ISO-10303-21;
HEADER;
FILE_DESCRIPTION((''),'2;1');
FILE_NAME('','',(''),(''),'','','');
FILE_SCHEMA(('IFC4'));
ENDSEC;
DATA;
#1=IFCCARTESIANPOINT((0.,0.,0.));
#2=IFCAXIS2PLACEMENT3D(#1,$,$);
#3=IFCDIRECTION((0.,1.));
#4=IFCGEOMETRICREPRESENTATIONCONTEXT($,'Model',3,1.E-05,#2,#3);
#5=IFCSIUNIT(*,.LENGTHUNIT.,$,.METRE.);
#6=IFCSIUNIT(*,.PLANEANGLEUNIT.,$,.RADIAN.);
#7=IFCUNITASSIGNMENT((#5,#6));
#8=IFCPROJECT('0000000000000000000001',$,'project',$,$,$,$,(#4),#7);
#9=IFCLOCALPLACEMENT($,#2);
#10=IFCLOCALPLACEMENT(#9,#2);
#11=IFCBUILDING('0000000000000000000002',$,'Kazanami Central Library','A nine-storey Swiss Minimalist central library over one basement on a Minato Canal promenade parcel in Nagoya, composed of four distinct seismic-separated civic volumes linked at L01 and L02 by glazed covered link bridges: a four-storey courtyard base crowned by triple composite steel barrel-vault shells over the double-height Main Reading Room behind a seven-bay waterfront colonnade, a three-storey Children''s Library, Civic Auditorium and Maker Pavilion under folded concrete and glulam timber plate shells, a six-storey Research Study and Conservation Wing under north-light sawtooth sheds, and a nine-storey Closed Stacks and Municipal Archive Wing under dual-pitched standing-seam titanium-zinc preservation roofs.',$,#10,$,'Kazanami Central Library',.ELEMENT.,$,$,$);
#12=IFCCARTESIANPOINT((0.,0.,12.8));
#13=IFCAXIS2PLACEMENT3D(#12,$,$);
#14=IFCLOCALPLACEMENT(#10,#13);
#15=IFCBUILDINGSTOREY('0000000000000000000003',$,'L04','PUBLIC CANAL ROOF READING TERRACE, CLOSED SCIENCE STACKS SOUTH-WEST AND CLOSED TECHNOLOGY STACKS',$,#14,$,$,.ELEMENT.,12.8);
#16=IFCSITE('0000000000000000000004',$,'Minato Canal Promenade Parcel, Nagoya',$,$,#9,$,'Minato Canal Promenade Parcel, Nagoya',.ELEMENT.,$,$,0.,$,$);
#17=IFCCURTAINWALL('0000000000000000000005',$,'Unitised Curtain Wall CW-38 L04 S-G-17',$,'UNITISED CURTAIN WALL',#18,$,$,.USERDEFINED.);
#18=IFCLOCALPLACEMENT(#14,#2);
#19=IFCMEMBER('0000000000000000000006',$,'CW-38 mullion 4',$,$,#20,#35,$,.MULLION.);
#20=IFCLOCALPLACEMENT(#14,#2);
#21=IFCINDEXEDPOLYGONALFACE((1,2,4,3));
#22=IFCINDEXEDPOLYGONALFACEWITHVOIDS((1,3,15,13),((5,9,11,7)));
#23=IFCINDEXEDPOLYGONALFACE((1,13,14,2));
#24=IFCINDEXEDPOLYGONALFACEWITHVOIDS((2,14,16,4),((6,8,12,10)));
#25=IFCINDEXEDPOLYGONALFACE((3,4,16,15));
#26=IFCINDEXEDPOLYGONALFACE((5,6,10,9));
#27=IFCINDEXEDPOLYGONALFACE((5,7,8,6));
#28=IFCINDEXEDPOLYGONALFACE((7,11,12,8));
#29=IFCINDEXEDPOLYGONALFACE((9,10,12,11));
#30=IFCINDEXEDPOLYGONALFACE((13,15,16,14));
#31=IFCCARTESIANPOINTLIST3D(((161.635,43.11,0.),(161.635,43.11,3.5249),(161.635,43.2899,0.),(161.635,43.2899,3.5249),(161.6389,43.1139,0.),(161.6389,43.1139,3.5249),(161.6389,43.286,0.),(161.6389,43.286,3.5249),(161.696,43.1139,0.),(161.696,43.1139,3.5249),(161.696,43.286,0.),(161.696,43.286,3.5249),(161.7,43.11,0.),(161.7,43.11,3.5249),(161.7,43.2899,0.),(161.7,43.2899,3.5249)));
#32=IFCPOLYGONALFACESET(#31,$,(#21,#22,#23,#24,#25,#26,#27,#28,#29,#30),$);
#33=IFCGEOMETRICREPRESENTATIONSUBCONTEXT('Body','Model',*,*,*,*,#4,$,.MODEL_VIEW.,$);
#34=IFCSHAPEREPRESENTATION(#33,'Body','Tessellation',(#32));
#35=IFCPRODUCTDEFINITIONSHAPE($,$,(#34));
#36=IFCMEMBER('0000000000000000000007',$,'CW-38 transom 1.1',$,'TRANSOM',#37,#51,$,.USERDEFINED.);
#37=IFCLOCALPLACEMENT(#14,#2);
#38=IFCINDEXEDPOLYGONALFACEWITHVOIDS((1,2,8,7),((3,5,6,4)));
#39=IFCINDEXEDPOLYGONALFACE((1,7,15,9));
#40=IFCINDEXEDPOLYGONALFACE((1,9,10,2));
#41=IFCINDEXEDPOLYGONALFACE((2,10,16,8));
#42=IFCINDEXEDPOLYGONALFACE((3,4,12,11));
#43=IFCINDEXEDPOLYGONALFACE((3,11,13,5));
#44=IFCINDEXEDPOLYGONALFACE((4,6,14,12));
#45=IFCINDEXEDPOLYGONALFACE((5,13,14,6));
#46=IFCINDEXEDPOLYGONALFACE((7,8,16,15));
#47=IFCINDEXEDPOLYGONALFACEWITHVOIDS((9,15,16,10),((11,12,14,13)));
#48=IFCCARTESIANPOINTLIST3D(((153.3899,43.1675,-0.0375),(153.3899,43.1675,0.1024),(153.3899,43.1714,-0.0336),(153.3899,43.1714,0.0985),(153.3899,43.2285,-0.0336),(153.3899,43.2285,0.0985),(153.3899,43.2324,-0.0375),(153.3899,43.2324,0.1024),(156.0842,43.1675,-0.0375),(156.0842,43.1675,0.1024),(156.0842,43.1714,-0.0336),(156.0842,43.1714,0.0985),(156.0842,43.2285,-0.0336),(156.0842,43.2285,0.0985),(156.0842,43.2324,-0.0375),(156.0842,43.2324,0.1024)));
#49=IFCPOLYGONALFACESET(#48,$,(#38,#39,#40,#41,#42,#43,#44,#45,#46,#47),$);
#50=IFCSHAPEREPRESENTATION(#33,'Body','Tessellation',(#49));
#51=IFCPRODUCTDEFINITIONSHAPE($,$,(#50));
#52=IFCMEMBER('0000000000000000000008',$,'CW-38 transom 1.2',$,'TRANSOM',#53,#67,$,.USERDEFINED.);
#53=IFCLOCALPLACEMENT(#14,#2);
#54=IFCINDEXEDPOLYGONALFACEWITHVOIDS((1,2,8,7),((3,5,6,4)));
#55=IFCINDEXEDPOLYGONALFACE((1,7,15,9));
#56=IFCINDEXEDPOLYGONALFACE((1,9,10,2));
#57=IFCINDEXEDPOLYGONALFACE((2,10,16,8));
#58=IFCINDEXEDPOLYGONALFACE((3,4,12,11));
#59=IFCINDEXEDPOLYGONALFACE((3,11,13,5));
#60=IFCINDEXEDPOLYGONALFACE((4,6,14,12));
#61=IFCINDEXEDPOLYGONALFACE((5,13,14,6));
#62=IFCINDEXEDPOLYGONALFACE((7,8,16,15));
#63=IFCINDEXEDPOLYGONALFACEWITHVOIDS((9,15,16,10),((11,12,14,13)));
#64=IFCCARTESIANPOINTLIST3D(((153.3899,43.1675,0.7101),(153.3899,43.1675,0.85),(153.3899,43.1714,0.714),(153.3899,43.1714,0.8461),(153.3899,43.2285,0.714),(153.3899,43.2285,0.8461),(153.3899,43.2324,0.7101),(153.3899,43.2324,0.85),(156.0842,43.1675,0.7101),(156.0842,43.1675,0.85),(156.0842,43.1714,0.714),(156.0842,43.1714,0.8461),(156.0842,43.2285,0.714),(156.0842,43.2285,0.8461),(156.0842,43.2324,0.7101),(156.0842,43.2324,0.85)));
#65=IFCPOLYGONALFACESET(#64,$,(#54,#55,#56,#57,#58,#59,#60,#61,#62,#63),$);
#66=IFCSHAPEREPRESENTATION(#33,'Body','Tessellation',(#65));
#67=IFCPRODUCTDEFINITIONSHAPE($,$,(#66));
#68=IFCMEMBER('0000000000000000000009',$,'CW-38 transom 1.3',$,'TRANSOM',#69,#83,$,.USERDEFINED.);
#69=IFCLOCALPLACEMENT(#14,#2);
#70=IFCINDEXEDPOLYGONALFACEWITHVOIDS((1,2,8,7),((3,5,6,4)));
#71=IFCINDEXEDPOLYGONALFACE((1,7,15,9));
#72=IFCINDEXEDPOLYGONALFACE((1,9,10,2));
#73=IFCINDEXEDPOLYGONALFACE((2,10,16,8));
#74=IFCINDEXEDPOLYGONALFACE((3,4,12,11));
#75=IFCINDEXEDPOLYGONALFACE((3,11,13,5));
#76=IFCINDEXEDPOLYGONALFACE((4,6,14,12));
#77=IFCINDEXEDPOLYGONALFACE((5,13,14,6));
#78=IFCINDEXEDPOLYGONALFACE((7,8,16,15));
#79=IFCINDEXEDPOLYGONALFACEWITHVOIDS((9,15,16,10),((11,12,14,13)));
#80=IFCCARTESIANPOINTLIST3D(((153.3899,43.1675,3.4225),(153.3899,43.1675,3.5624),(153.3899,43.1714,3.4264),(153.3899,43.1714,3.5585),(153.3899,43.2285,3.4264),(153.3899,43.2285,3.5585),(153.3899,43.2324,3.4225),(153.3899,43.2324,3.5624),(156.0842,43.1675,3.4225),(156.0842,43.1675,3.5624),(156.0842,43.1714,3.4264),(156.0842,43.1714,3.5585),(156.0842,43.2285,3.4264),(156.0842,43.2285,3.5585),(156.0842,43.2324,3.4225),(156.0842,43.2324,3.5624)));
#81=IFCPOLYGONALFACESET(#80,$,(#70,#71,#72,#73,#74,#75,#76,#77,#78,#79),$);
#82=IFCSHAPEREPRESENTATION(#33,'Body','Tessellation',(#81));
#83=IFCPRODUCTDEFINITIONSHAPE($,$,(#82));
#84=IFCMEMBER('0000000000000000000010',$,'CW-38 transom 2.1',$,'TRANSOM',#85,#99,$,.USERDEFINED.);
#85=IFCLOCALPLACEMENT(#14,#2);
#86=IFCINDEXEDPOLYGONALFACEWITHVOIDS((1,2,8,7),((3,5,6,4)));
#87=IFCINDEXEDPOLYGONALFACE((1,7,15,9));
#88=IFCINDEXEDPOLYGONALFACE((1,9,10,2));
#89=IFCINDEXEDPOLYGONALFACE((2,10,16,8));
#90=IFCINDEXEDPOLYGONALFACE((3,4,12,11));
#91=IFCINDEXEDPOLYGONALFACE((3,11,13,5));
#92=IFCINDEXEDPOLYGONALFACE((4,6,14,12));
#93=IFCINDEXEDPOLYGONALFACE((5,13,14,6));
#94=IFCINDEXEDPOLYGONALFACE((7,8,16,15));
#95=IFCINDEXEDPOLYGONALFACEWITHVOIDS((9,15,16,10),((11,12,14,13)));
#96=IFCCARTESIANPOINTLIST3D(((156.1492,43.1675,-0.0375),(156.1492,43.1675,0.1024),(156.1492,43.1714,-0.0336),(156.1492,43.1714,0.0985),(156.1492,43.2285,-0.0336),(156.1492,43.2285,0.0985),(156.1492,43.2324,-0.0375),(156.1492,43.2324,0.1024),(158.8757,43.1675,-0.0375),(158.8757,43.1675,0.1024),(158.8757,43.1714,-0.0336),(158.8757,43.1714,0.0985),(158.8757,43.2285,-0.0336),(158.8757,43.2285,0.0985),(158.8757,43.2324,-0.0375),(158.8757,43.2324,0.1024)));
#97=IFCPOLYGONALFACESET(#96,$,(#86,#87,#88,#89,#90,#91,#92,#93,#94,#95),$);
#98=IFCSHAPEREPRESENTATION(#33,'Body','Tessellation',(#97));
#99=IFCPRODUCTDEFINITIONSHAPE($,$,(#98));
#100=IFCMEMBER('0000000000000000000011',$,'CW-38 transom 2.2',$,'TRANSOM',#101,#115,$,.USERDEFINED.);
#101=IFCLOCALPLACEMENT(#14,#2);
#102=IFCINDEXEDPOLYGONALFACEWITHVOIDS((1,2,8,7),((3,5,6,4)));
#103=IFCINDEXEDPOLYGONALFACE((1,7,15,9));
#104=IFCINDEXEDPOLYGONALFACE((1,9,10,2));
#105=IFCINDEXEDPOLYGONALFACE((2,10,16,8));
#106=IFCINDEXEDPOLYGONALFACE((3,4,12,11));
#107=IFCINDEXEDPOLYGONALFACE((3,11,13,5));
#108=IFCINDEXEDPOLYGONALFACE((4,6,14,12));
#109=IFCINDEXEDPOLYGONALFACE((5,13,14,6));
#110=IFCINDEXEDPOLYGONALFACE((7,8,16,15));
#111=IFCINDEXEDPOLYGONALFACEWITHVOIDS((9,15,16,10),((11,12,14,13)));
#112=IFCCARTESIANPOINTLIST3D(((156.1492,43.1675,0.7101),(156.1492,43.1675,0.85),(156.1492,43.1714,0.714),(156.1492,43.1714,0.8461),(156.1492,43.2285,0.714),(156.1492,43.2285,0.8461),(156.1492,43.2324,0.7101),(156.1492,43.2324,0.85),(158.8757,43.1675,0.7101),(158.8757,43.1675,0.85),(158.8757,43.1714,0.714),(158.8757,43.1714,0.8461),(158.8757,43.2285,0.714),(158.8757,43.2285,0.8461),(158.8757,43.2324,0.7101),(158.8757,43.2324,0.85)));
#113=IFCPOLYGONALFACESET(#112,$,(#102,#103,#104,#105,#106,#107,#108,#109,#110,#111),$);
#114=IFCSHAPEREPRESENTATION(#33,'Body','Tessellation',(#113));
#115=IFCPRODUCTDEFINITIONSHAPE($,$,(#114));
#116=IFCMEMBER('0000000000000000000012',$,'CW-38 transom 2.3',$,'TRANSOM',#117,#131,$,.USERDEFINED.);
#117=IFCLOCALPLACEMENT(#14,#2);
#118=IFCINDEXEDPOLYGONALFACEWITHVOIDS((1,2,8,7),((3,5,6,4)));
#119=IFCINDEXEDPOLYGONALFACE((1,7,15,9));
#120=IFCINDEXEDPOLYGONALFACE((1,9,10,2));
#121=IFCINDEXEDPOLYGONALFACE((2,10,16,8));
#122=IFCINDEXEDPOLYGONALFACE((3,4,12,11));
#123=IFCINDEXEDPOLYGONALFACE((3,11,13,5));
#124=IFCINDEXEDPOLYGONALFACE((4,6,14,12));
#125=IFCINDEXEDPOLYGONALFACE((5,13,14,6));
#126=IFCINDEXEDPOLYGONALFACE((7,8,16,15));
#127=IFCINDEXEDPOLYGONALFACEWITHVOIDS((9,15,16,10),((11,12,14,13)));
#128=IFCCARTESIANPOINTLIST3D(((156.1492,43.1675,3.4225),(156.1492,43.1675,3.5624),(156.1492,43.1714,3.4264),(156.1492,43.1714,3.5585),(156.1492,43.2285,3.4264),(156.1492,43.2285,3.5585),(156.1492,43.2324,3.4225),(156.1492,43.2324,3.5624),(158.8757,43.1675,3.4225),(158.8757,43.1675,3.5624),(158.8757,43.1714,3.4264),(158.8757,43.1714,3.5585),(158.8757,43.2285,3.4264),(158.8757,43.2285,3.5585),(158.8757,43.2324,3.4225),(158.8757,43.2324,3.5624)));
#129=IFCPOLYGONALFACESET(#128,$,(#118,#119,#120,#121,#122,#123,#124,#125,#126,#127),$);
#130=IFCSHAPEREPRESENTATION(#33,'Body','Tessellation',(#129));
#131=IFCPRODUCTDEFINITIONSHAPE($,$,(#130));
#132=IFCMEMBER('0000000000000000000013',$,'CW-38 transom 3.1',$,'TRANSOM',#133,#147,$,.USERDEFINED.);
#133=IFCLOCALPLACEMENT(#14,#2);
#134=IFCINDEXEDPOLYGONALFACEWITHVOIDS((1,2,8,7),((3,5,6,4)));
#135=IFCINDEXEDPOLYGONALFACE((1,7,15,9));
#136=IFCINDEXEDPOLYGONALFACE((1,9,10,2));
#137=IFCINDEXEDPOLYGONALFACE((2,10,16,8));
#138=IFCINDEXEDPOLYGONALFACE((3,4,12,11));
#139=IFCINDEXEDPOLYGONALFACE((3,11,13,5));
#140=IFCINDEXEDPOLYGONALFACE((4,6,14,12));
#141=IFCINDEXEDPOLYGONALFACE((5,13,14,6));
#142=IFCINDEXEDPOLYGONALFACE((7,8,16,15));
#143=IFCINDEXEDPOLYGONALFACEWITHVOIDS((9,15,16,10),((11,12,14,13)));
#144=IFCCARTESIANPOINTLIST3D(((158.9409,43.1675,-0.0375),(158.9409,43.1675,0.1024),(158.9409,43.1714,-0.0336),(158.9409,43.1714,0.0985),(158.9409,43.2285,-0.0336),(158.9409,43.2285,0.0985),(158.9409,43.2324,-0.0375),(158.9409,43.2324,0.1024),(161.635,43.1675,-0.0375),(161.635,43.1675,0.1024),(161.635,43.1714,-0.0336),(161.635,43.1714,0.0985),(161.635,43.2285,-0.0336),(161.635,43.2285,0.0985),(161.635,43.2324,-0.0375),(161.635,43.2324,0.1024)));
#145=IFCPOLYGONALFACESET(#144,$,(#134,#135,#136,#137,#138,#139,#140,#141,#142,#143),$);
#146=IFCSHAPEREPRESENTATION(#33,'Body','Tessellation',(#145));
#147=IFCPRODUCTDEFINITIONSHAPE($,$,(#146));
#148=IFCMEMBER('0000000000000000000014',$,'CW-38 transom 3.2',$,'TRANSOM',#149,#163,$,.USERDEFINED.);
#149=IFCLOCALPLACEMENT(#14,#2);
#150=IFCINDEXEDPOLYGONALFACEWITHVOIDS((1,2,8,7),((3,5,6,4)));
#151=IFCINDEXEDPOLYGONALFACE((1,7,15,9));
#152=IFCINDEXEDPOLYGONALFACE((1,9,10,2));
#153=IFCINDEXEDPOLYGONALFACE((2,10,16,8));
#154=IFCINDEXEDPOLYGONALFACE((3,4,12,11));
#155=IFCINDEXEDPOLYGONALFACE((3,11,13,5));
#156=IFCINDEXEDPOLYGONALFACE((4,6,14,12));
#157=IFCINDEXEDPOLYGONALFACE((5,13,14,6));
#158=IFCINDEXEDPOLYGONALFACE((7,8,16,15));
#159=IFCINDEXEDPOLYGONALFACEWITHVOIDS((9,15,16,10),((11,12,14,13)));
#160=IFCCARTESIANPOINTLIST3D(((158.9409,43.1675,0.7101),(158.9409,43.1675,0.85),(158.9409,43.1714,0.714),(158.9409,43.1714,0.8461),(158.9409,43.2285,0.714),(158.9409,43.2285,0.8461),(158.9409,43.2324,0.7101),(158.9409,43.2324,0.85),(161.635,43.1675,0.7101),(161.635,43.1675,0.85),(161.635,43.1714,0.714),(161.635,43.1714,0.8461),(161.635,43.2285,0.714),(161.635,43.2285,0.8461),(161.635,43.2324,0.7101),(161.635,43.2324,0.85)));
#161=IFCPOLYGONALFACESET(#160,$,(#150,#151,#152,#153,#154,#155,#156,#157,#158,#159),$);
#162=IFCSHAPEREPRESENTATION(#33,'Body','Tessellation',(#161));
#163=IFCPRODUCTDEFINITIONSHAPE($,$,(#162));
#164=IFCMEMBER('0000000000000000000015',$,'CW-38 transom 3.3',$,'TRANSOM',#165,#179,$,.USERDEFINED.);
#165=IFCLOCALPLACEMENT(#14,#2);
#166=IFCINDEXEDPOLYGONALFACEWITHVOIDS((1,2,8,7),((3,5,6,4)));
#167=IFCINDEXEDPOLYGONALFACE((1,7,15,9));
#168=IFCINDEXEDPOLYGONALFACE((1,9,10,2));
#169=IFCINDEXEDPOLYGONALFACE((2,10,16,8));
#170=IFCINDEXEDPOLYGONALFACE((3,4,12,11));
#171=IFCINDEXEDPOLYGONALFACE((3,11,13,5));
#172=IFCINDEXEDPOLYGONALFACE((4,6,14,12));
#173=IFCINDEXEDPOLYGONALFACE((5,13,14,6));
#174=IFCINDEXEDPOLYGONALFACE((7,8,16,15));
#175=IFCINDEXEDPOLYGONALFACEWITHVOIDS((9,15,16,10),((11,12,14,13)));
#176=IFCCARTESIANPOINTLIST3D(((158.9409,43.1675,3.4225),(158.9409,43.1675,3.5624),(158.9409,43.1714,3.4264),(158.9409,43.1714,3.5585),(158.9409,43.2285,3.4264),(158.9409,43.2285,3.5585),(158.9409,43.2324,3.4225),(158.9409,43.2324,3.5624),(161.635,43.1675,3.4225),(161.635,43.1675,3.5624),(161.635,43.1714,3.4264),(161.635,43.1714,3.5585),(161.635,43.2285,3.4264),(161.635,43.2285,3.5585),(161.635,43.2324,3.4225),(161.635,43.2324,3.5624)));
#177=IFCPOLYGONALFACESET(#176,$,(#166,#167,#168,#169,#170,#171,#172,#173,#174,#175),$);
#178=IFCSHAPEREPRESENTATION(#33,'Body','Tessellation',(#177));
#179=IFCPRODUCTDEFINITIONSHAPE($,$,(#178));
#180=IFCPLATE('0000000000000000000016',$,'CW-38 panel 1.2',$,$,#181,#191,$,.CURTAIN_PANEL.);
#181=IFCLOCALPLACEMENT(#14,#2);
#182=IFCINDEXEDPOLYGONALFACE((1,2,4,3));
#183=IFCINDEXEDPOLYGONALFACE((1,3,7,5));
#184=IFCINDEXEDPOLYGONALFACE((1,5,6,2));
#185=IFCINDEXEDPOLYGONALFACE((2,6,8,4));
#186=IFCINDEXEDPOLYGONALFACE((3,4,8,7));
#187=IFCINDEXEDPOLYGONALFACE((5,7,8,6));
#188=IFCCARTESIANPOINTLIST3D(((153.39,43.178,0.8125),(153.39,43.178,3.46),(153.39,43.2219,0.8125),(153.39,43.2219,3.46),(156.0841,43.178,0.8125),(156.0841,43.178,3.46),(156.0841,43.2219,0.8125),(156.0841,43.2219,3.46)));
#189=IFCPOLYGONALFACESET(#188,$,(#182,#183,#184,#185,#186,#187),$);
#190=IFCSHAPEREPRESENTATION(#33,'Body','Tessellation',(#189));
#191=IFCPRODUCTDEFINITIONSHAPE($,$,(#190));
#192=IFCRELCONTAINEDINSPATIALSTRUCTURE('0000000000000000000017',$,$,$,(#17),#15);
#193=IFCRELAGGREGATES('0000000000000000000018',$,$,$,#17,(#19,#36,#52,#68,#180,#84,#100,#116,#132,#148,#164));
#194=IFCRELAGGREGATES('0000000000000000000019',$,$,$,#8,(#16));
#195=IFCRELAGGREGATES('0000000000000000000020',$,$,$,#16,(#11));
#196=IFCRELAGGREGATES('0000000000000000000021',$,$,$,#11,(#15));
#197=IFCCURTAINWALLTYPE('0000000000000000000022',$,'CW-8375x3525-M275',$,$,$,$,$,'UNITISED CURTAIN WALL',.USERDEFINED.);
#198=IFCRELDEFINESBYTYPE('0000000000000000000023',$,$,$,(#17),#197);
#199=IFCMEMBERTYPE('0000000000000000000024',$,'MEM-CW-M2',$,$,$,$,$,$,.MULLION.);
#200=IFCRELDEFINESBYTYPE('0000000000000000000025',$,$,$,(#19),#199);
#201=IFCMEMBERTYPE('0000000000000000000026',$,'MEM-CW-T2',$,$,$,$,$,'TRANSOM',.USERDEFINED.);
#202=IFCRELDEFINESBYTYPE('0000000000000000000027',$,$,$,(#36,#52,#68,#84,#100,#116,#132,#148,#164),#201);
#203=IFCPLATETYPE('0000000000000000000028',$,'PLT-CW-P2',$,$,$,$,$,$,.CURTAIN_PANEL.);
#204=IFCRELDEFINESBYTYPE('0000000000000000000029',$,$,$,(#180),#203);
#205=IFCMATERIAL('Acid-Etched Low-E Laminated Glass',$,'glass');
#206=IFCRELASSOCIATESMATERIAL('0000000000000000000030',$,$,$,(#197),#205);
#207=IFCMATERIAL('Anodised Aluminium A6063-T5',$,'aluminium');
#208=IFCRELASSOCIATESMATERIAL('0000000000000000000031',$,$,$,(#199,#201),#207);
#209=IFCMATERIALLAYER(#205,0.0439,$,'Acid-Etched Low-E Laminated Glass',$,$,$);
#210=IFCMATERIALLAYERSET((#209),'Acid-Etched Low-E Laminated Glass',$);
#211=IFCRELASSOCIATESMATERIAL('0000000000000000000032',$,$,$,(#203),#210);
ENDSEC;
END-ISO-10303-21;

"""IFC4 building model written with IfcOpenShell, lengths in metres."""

from ifc_helpers import new_model, si_unit, direction, frame, origin, origin_2d, place, context, subcontext, project, spatial, rectangle, hollow_rectangle, extrude, material, layer, layer_set, material_profile, profile_set, type_object, element, aggregate, save


model = new_model("IFC4")

# Units and contexts
model_context = context("Model", 3, precision=1e-05, world=origin(), true_north=direction((0.0, 1.0)))
body_context = subcontext(model_context, "Body", "Model", "MODEL_VIEW")
ifc_project = project(units=[si_unit("LENGTHUNIT", "METRE"), si_unit("PLANEANGLEUNIT", "RADIAN")], contexts=[model_context])

# Site, building, storey
site_placement = place(None, origin())
site = spatial("IfcSite", under=ifc_project, at=site_placement, Name="Minato Canal Promenade Parcel, Nagoya", LongName="Minato Canal Promenade Parcel, Nagoya", CompositionType="ELEMENT", RefElevation=0.0)
building_placement = place(site_placement, origin())
building = spatial("IfcBuilding", under=site, at=building_placement, Name="Kazanami Central Library", Description="A nine-storey Swiss Minimalist central library over one basement on a Minato Canal promenade parcel in Nagoya, composed of four distinct seismic-separated civic volumes linked at L01 and L02 by glazed covered link bridges: a four-storey courtyard base crowned by triple composite steel barrel-vault shells over the double-height Main Reading Room behind a seven-bay waterfront colonnade, a three-storey Children's Library, Civic Auditorium and Maker Pavilion under folded concrete and glulam timber plate shells, a six-storey Research Study and Conservation Wing under north-light sawtooth sheds, and a nine-storey Closed Stacks and Municipal Archive Wing under dual-pitched standing-seam titanium-zinc preservation roofs.", LongName="Kazanami Central Library", CompositionType="ELEMENT")
storey_placement = place(building_placement, frame((0.0, 0.0, 12.8)))
storey = spatial("IfcBuildingStorey", under=building, at=storey_placement, Name="L04", Description="PUBLIC CANAL ROOF READING TERRACE, CLOSED SCIENCE STACKS SOUTH-WEST AND CLOSED TECHNOLOGY STACKS", CompositionType="ELEMENT", Elevation=12.8)

# Curtain wall, members, plate
ifc_material_1 = material(Name="Acid-Etched Low-E Laminated Glass", Category="glass")
curtain_wall_type = type_object("IfcCurtainWallType", Name="CW-8375x3525-M275", ElementType="UNITISED CURTAIN WALL", PredefinedType="USERDEFINED", material=ifc_material_1)
curtain_wall_placement = place(storey_placement, origin())
curtain_wall = element("IfcCurtainWall", 1, at=curtain_wall_placement, inside=storey, type_object=curtain_wall_type, Name="Unitised Curtain Wall CW-38 L04 S-G-17", ObjectType="UNITISED CURTAIN WALL", PredefinedType="USERDEFINED")
ifc_material_2 = material(Name="Anodised Aluminium A6063-T5", Category="aluminium")
ifc_material_profile_1 = material_profile(ifc_material_2, hollow_rectangle(XDim=0.0649, YDim=0.1799, WallThickness=0.0039, at=origin_2d()), Name="ALU-MULL-65x180x4")
ifc_profile_set_1 = profile_set([ifc_material_profile_1], Name="Anodised Aluminium A6063-T5")
member_type_1 = type_object("IfcMemberType", Name="MEM-CW-M2", PredefinedType="MULLION", material=ifc_profile_set_1)
member_1_placement = place(storey_placement, frame((161.6675, 43.2, 0.0), z_axis=(0.0, 0.0, 1.0), x_axis=(1.0, 0.0, 0.0)))
member_1 = element("IfcMember", 2, at=member_1_placement, type_object=member_type_1, Name="CW-38 mullion 4", PredefinedType="MULLION", context=body_context, shape_type="SweptSolid", body=[
    extrude(hollow_rectangle(XDim=0.0649, YDim=0.1799, WallThickness=0.0039, at=origin_2d()), origin(), (0.0, 0.0, 1.0), 3.5249),
])
ifc_material_profile_2 = material_profile(ifc_material_2, hollow_rectangle(XDim=0.0649, YDim=0.1399, WallThickness=0.0039, at=origin_2d()), Name="ALU-TRAN-65x140x4")
ifc_profile_set_2 = profile_set([ifc_material_profile_2], Name="Anodised Aluminium A6063-T5")
member_type_2 = type_object("IfcMemberType", Name="MEM-CW-T2", ElementType="TRANSOM", PredefinedType="USERDEFINED", material=ifc_profile_set_2)
member_2_placement = place(storey_placement, frame((153.3899, 43.2, 0.0325), z_axis=(1.0, 0.0, 0.0), x_axis=(0.0, 1.0, 0.0)))
member_2 = element("IfcMember", 3, at=member_2_placement, type_object=member_type_2, Name="CW-38 transom 1.1", ObjectType="TRANSOM", PredefinedType="USERDEFINED", context=body_context, shape_type="SweptSolid", body=[
    extrude(hollow_rectangle(XDim=0.0649, YDim=0.1399, WallThickness=0.0039, at=origin_2d()), origin(), (0.0, 0.0, 1.0), 2.6943),
])
member_3_placement = place(storey_placement, frame((153.3899, 43.2, 0.78), z_axis=(1.0, 0.0, 0.0), x_axis=(0.0, 1.0, 0.0)))
member_3 = element("IfcMember", 4, at=member_3_placement, type_object=member_type_2, Name="CW-38 transom 1.2", ObjectType="TRANSOM", PredefinedType="USERDEFINED", context=body_context, shape_type="SweptSolid", body=[
    extrude(hollow_rectangle(XDim=0.0649, YDim=0.1399, WallThickness=0.0039, at=origin_2d()), origin(), (0.0, 0.0, 1.0), 2.6943),
])
member_4_placement = place(storey_placement, frame((153.3899, 43.2, 3.4924), z_axis=(1.0, 0.0, 0.0), x_axis=(0.0, 1.0, 0.0)))
member_4 = element("IfcMember", 5, at=member_4_placement, type_object=member_type_2, Name="CW-38 transom 1.3", ObjectType="TRANSOM", PredefinedType="USERDEFINED", context=body_context, shape_type="SweptSolid", body=[
    extrude(hollow_rectangle(XDim=0.0649, YDim=0.1399, WallThickness=0.0039, at=origin_2d()), origin(), (0.0, 0.0, 1.0), 2.6943),
])
member_5_placement = place(storey_placement, frame((156.1492, 43.2, 0.0325), z_axis=(1.0, 0.0, 0.0), x_axis=(0.0, 1.0, 0.0)))
member_5 = element("IfcMember", 6, at=member_5_placement, type_object=member_type_2, Name="CW-38 transom 2.1", ObjectType="TRANSOM", PredefinedType="USERDEFINED", context=body_context, shape_type="SweptSolid", body=[
    extrude(hollow_rectangle(XDim=0.0649, YDim=0.1399, WallThickness=0.0039, at=origin_2d()), origin(), (0.0, 0.0, 1.0), 2.7266),
])
member_6_placement = place(storey_placement, frame((156.1492, 43.2, 0.78), z_axis=(1.0, 0.0, 0.0), x_axis=(0.0, 1.0, 0.0)))
member_6 = element("IfcMember", 7, at=member_6_placement, type_object=member_type_2, Name="CW-38 transom 2.2", ObjectType="TRANSOM", PredefinedType="USERDEFINED", context=body_context, shape_type="SweptSolid", body=[
    extrude(hollow_rectangle(XDim=0.0649, YDim=0.1399, WallThickness=0.0039, at=origin_2d()), origin(), (0.0, 0.0, 1.0), 2.7266),
])
member_7_placement = place(storey_placement, frame((156.1492, 43.2, 3.4924), z_axis=(1.0, 0.0, 0.0), x_axis=(0.0, 1.0, 0.0)))
member_7 = element("IfcMember", 8, at=member_7_placement, type_object=member_type_2, Name="CW-38 transom 2.3", ObjectType="TRANSOM", PredefinedType="USERDEFINED", context=body_context, shape_type="SweptSolid", body=[
    extrude(hollow_rectangle(XDim=0.0649, YDim=0.1399, WallThickness=0.0039, at=origin_2d()), origin(), (0.0, 0.0, 1.0), 2.7266),
])
member_8_placement = place(storey_placement, frame((158.9409, 43.2, 0.0325), z_axis=(1.0, 0.0, 0.0), x_axis=(0.0, 1.0, 0.0)))
member_8 = element("IfcMember", 9, at=member_8_placement, type_object=member_type_2, Name="CW-38 transom 3.1", ObjectType="TRANSOM", PredefinedType="USERDEFINED", context=body_context, shape_type="SweptSolid", body=[
    extrude(hollow_rectangle(XDim=0.0649, YDim=0.1399, WallThickness=0.0039, at=origin_2d()), origin(), (0.0, 0.0, 1.0), 2.6941),
])
member_9_placement = place(storey_placement, frame((158.9409, 43.2, 0.78), z_axis=(1.0, 0.0, 0.0), x_axis=(0.0, 1.0, 0.0)))
member_9 = element("IfcMember", 10, at=member_9_placement, type_object=member_type_2, Name="CW-38 transom 3.2", ObjectType="TRANSOM", PredefinedType="USERDEFINED", context=body_context, shape_type="SweptSolid", body=[
    extrude(hollow_rectangle(XDim=0.0649, YDim=0.1399, WallThickness=0.0039, at=origin_2d()), origin(), (0.0, 0.0, 1.0), 2.6941),
])
member_10_placement = place(storey_placement, frame((158.9409, 43.2, 3.4924), z_axis=(1.0, 0.0, 0.0), x_axis=(0.0, 1.0, 0.0)))
member_10 = element("IfcMember", 11, at=member_10_placement, type_object=member_type_2, Name="CW-38 transom 3.3", ObjectType="TRANSOM", PredefinedType="USERDEFINED", context=body_context, shape_type="SweptSolid", body=[
    extrude(hollow_rectangle(XDim=0.0649, YDim=0.1399, WallThickness=0.0039, at=origin_2d()), origin(), (0.0, 0.0, 1.0), 2.6941),
])
ifc_layer_1 = layer(ifc_material_1, 0.0439, Name="Acid-Etched Low-E Laminated Glass")
ifc_layer_set_1 = layer_set([ifc_layer_1], Name="Acid-Etched Low-E Laminated Glass")
plate_type_1 = type_object("IfcPlateType", Name="PLT-CW-P2", PredefinedType="CURTAIN_PANEL", material=ifc_layer_set_1)
plate_1_placement = place(storey_placement, frame((154.7371, 43.2, 0.8125), z_axis=(0.0, 0.0, 1.0), x_axis=(1.0, 0.0, 0.0)))
plate_1 = element("IfcPlate", 12, at=plate_1_placement, type_object=plate_type_1, Name="CW-38 panel 1.2", PredefinedType="CURTAIN_PANEL", context=body_context, shape_type="SweptSolid", body=[
    extrude(rectangle(XDim=2.6941, YDim=0.0439, at=origin_2d()), origin(), (0.0, 0.0, 1.0), 2.6475),
])
aggregate(curtain_wall, [member_1, member_2, member_3, member_4, plate_1, member_5, member_6, member_7, member_8, member_9, member_10])

save(model, "model.ifc")
